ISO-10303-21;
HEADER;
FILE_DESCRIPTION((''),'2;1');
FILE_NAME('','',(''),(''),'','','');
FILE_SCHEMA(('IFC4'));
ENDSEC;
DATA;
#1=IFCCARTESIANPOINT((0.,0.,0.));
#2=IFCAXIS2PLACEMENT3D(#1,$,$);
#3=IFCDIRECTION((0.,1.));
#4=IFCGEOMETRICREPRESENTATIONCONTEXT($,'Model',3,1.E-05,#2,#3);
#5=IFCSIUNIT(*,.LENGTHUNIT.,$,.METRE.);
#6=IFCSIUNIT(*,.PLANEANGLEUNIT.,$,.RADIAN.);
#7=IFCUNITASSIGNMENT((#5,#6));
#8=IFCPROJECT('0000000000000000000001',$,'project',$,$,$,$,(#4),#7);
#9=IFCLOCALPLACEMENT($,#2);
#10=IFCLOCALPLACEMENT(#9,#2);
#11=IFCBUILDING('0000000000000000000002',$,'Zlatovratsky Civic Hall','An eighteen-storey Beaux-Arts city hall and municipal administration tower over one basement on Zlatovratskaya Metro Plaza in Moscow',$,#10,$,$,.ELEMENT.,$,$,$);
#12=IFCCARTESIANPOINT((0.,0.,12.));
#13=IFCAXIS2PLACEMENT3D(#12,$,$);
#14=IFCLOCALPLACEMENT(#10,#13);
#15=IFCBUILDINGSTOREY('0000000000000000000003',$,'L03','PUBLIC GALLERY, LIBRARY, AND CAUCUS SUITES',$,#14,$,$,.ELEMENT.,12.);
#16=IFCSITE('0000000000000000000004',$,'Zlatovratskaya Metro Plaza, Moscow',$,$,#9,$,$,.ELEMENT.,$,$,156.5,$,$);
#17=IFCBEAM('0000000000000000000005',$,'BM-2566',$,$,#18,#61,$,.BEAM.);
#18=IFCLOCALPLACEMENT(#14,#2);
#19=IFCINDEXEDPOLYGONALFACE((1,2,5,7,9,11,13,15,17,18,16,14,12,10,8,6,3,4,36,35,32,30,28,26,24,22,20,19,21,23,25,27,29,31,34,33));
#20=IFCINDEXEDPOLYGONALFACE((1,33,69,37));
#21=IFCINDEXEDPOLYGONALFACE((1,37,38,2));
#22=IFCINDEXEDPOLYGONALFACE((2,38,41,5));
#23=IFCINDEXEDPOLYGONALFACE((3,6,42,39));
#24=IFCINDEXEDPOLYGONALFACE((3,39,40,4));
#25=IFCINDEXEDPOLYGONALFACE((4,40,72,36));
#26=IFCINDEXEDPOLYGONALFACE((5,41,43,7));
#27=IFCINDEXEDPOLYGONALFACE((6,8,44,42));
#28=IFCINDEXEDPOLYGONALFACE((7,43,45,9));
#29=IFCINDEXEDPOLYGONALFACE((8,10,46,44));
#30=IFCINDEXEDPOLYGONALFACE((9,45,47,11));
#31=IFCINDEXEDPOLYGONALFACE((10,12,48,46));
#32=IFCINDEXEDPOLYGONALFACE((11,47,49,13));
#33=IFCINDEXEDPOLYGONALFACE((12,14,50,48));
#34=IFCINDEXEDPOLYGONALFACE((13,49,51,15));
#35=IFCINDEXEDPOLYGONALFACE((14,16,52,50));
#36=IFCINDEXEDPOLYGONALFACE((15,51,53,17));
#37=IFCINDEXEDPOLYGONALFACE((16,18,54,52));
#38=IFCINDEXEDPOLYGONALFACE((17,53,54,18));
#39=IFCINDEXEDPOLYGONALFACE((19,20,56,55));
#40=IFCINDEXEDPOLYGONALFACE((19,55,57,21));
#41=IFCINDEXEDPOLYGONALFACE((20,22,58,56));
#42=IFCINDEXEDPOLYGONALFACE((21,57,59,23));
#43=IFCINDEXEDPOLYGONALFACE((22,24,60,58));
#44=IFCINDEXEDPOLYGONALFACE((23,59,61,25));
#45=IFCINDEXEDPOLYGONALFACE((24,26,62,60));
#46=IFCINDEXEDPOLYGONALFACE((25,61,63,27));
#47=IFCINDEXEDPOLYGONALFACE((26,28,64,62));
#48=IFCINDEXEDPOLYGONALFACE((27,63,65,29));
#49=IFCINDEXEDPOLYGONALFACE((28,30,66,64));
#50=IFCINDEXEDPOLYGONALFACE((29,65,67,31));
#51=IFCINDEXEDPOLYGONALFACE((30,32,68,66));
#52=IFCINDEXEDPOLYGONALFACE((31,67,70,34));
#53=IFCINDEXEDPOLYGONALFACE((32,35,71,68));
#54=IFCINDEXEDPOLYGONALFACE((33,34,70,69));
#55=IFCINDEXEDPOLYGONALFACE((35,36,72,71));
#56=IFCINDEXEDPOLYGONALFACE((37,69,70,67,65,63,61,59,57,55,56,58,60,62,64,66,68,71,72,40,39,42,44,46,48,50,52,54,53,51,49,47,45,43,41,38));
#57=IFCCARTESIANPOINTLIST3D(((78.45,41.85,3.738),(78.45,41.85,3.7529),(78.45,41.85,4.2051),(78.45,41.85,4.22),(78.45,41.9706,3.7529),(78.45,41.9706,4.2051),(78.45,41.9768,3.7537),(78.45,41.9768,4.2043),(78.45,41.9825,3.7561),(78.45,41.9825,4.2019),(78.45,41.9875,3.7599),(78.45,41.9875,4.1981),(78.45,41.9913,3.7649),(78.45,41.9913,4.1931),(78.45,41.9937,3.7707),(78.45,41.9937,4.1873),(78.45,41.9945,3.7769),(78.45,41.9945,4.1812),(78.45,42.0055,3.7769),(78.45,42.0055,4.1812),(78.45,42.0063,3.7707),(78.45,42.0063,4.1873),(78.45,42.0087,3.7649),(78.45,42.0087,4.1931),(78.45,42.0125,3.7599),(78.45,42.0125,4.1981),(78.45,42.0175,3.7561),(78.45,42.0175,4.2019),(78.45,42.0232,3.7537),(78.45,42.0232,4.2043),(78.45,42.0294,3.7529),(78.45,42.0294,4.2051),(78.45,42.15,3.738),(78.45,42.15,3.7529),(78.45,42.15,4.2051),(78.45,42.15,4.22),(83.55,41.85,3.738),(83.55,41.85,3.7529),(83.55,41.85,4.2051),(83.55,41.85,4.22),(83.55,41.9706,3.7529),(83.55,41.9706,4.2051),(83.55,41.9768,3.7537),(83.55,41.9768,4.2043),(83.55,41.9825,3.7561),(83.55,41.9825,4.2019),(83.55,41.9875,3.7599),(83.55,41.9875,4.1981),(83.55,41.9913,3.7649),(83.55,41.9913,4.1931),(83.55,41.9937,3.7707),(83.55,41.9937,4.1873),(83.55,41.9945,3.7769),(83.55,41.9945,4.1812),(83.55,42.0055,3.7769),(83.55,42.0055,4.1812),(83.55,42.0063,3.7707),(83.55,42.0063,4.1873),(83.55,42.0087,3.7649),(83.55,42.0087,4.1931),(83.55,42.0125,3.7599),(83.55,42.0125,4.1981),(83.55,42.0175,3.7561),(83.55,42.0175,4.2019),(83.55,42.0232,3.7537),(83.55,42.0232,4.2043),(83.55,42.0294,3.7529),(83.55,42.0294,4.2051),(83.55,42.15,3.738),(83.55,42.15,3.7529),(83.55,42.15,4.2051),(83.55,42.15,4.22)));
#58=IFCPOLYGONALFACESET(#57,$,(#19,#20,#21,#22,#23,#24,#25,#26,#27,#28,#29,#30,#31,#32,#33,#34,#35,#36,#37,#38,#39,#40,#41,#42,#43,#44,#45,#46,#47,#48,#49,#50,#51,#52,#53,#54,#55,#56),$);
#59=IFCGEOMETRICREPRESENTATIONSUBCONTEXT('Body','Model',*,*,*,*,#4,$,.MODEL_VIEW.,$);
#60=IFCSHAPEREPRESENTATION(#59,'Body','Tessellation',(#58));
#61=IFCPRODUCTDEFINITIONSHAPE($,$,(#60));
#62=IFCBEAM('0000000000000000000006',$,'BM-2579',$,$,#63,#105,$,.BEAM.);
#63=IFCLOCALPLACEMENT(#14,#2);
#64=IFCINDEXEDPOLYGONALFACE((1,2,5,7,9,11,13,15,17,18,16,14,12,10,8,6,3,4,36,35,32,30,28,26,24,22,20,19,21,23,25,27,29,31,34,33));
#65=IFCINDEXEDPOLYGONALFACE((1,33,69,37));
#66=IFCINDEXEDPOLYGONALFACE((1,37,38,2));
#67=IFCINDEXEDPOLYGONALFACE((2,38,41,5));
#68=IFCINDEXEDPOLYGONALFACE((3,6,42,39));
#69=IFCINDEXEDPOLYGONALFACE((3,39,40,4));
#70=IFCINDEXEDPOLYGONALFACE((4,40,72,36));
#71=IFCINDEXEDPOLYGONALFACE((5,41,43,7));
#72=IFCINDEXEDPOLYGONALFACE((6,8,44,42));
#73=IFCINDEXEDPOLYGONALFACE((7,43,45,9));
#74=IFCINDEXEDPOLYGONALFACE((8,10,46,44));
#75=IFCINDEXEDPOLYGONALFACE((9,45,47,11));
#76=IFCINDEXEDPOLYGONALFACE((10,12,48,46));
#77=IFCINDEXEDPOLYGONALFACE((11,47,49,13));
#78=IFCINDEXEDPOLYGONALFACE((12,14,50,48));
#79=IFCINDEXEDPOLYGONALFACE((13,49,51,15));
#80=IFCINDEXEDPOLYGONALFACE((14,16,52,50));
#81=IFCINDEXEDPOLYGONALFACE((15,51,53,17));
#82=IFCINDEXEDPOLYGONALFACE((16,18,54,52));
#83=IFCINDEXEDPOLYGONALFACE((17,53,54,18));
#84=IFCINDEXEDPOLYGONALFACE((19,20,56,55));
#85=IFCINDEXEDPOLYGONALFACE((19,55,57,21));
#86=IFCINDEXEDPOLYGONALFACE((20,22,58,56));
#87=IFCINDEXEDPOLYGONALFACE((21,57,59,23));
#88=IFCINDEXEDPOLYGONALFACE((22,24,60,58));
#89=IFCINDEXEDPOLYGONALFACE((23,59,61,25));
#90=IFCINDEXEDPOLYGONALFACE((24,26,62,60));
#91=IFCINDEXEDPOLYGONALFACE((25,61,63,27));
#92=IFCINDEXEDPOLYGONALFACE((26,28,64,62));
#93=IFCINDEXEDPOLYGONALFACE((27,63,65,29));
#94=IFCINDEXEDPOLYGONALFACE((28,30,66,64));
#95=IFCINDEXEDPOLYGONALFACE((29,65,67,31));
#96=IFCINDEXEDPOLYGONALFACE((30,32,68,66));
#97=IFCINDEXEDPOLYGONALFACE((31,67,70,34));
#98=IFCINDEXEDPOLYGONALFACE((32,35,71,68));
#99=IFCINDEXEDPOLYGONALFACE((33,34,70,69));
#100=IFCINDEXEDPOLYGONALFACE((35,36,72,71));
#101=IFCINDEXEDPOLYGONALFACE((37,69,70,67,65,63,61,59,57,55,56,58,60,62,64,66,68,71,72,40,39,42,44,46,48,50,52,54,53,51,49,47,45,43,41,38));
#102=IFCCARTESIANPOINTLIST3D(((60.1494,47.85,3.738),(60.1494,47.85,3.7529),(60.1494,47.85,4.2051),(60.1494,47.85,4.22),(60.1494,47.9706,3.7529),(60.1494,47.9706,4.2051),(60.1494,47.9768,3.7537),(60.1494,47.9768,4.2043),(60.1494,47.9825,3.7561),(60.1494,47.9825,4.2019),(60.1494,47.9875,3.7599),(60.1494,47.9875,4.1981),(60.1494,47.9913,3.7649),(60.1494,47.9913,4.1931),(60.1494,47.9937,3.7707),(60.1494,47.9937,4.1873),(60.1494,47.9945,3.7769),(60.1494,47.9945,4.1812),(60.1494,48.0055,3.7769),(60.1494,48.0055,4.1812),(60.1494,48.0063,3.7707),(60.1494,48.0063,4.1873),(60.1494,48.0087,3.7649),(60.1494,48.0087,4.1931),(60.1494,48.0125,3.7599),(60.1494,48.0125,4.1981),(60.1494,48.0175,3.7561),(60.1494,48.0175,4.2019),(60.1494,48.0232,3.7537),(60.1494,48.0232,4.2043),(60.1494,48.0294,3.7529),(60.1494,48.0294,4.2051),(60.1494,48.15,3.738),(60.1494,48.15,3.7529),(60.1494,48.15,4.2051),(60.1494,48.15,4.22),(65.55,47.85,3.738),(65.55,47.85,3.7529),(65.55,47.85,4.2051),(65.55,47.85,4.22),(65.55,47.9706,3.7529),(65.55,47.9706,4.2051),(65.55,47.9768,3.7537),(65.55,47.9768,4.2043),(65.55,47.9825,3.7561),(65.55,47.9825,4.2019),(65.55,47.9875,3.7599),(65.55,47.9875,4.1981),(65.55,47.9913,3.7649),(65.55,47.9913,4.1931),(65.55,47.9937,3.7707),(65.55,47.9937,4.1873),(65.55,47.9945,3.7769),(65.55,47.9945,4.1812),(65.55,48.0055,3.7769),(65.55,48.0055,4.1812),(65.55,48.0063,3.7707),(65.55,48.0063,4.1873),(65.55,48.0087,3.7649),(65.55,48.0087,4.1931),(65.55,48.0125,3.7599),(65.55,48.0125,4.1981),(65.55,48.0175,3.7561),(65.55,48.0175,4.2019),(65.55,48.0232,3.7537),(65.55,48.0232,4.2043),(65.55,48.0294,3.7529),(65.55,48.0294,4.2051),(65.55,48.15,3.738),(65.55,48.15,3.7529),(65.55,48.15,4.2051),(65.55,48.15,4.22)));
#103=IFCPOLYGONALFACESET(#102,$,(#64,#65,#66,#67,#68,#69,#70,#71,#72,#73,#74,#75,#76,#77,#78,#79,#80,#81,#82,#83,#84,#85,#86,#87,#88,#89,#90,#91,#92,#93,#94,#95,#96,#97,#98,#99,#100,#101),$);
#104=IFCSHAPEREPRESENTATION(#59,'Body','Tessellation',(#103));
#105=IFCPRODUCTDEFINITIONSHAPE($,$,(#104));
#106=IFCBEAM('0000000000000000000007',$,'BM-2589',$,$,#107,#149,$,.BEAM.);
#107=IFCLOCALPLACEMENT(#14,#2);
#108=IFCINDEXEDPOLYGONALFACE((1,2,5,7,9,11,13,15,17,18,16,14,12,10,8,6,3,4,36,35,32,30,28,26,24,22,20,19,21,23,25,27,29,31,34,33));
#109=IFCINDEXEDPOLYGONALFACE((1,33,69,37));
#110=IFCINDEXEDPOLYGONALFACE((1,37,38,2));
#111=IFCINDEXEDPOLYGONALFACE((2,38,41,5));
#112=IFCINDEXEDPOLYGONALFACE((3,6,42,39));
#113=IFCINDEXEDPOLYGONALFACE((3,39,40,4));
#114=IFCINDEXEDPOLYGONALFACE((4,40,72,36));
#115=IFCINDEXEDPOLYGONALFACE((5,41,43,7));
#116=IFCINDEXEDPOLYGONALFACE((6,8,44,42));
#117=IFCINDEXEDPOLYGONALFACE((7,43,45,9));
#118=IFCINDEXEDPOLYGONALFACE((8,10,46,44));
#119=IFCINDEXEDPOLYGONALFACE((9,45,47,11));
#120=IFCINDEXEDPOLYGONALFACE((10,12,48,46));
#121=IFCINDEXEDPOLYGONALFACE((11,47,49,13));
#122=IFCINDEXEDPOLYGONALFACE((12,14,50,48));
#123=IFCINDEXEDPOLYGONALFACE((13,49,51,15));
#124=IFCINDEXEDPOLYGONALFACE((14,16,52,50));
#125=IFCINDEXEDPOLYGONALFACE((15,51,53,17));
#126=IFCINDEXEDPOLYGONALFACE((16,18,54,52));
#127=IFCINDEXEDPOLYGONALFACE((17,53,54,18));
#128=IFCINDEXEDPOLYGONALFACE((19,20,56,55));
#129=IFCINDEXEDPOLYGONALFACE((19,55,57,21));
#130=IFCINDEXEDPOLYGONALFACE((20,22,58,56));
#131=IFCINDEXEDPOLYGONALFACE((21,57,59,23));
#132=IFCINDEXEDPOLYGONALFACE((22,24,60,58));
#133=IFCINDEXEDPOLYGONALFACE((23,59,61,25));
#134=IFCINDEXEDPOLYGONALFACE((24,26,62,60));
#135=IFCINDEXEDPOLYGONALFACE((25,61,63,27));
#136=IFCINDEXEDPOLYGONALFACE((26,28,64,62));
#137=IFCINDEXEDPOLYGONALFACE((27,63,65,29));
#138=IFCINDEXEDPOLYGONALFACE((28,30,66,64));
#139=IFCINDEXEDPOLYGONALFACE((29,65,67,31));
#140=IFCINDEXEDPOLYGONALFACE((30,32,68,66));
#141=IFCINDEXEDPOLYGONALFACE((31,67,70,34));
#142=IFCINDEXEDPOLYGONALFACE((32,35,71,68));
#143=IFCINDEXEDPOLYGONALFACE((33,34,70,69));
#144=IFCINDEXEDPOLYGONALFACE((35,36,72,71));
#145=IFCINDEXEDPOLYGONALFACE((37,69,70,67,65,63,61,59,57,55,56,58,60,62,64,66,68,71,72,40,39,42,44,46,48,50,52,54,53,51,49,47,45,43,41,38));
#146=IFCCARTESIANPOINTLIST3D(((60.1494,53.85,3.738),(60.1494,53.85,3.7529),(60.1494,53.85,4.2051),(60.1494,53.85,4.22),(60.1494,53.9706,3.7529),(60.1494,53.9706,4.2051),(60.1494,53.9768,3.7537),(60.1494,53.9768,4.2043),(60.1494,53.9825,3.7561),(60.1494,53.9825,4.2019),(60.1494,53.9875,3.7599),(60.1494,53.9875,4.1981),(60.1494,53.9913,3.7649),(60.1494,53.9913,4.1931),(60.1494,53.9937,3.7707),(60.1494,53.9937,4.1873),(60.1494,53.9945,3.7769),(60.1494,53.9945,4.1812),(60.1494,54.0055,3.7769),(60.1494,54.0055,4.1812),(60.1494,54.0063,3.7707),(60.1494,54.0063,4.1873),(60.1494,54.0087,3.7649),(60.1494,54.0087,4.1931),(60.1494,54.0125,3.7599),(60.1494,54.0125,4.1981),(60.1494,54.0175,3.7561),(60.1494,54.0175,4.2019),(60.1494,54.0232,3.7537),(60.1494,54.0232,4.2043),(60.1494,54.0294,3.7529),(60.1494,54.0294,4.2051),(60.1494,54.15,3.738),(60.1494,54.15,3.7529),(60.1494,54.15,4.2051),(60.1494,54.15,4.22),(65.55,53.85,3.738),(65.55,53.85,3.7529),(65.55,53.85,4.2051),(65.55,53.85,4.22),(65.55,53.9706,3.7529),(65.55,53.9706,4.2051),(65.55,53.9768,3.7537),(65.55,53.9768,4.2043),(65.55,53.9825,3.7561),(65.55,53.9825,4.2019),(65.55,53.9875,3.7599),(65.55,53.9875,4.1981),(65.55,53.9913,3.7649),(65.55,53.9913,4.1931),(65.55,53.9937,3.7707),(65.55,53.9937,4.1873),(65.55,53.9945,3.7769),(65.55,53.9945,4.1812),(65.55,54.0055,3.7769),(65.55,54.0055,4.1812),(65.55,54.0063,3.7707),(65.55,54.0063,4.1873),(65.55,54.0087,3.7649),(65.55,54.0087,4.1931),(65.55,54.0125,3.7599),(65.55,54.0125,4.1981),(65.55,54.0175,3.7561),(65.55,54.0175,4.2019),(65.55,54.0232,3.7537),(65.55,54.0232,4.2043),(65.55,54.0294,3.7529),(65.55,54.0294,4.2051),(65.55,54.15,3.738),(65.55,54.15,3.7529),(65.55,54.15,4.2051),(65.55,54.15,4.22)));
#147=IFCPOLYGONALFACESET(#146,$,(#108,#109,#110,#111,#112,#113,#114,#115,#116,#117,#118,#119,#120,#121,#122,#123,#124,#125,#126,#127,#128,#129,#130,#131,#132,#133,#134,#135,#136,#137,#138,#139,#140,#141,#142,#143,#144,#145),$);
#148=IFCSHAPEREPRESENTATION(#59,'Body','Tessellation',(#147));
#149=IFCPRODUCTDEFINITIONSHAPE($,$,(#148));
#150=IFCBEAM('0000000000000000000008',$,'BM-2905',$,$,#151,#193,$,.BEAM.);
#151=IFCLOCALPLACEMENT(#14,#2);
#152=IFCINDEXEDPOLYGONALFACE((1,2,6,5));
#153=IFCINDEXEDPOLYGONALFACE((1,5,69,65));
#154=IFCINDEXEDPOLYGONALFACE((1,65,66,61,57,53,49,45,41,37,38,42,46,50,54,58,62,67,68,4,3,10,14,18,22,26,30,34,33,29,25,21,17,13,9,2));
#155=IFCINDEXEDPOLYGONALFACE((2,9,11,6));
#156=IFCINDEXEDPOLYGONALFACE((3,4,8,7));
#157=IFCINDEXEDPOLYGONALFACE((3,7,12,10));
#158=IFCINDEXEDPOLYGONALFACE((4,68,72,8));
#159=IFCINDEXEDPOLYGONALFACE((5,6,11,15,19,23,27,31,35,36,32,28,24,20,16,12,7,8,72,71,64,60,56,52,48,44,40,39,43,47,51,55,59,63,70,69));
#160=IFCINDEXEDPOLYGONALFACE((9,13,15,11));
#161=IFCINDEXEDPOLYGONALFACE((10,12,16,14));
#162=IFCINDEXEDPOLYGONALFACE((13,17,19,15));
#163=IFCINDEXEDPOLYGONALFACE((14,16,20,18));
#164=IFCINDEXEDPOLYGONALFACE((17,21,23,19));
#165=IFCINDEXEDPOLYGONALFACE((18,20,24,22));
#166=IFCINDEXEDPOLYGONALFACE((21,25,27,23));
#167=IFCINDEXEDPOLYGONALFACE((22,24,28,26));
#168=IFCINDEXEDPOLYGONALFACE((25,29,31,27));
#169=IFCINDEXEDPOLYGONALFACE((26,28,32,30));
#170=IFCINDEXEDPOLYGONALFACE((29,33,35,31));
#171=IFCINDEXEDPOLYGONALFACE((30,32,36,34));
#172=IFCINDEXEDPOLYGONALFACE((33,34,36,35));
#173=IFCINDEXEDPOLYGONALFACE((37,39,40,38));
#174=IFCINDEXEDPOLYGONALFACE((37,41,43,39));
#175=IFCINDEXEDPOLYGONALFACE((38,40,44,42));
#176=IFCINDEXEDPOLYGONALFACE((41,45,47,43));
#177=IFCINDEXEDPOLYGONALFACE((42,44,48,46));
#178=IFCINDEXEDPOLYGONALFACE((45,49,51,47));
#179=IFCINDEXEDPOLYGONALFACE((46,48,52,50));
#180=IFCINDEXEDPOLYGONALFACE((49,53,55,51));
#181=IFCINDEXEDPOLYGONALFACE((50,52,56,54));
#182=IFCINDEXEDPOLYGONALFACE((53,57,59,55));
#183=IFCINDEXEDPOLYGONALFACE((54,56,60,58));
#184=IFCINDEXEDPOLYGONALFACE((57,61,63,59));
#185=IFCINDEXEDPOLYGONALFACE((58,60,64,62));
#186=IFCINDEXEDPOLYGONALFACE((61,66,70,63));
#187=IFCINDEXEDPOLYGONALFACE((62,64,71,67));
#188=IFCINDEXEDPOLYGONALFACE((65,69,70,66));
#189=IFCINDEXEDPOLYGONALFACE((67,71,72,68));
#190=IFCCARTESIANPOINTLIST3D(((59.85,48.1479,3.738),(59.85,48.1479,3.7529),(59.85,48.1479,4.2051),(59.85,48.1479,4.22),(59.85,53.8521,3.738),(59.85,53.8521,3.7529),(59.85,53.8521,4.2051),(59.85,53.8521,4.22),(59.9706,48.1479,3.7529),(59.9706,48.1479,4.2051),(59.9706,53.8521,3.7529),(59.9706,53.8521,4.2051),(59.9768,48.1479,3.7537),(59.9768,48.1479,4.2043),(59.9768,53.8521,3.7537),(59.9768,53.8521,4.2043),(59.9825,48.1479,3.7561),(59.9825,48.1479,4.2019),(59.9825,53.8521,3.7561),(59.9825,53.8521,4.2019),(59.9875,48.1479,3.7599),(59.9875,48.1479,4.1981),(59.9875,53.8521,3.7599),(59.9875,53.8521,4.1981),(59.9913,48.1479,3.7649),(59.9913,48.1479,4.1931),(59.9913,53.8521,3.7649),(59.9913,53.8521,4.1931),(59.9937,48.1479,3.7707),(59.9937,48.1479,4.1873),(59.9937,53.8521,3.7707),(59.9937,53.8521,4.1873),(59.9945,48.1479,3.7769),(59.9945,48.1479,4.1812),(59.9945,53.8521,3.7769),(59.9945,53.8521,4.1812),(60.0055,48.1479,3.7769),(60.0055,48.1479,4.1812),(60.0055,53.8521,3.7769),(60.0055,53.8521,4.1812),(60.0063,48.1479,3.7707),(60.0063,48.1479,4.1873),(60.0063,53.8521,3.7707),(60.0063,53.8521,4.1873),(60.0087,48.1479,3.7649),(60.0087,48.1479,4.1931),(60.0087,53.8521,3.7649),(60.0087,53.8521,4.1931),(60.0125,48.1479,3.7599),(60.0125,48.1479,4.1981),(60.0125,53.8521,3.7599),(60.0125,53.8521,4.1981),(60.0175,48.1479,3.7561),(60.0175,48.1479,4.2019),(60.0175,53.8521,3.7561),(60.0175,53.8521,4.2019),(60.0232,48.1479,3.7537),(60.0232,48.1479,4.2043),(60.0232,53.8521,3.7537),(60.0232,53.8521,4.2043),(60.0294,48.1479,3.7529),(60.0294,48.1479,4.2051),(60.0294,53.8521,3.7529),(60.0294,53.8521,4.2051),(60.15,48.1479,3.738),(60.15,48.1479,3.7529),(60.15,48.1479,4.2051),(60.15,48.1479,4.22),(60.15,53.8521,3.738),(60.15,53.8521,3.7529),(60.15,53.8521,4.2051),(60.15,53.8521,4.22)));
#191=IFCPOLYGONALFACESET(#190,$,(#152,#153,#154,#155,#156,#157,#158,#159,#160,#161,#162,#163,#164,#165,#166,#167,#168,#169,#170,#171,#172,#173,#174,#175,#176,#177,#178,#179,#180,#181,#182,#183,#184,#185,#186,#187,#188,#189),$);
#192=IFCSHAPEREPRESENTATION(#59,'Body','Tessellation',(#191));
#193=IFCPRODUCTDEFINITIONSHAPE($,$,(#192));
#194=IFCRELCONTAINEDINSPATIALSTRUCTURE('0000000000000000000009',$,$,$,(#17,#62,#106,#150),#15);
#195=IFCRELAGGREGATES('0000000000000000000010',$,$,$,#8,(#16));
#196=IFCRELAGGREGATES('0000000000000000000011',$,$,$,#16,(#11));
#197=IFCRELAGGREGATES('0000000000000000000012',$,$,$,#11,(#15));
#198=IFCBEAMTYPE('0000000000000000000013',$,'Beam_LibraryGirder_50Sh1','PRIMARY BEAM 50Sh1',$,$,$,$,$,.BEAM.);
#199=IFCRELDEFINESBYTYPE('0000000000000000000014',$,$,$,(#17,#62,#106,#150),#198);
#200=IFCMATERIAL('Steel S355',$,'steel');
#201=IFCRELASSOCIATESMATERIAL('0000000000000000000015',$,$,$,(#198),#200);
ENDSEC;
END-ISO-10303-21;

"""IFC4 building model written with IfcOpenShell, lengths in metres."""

from ifc_helpers import new_model, si_unit, direction, frame, origin, origin_2d, place, context, subcontext, project, spatial, i_section, extrude, material, material_profile, profile_set, type_object, element, save


model = new_model("IFC4")

# Units and contexts
model_context = context("Model", 3, precision=1e-05, world=origin(), true_north=direction((0.0, 1.0)))
body_context = subcontext(model_context, "Body", "Model", "MODEL_VIEW")
ifc_project = project(units=[si_unit("LENGTHUNIT", "METRE"), si_unit("PLANEANGLEUNIT", "RADIAN")], contexts=[model_context])

# Site, building, storey
site_placement = place(None, origin())
site = spatial("IfcSite", under=ifc_project, at=site_placement, Name="Zlatovratskaya Metro Plaza, Moscow", CompositionType="ELEMENT", RefElevation=156.5)
building_placement = place(site_placement, origin())
building = spatial("IfcBuilding", under=site, at=building_placement, Name="Zlatovratsky Civic Hall", Description="An eighteen-storey Beaux-Arts city hall and municipal administration tower over one basement on Zlatovratskaya Metro Plaza in Moscow", CompositionType="ELEMENT")
storey_placement = place(building_placement, frame((0.0, 0.0, 12.0)))
storey = spatial("IfcBuildingStorey", under=building, at=storey_placement, Name="L03", Description="PUBLIC GALLERY, LIBRARY, AND CAUCUS SUITES", CompositionType="ELEMENT", Elevation=12.0)

# Shared definitions
ifc_material_1 = material(Name="Steel S355", Category="steel")

# Beams
ifc_material_profile_1 = material_profile(ifc_material_1, i_section(OverallWidth=0.3, OverallDepth=0.4819, WebThickness=0.011, FlangeThickness=0.0149, FilletRadius=0.0239, at=origin_2d()), Name="50Sh1")
ifc_profile_set_1 = profile_set([ifc_material_profile_1], Name="Steel S355")
beam_type = type_object("IfcBeamType", Name="Beam_LibraryGirder_50Sh1", Description="PRIMARY BEAM 50Sh1", PredefinedType="BEAM", material=ifc_profile_set_1)
for number, where, z_axis, x_axis, name in (
    (1, (78.45, 42.0, 3.979), (1.0, 0.0, 0.0), (0.0, 1.0, 0.0), "BM-2566"),
):
    element("IfcBeam", number, at=place(storey_placement, frame(where, z_axis=z_axis, x_axis=x_axis)), inside=storey, type_object=beam_type, Name=name, PredefinedType="BEAM", context=body_context, shape_type="SweptSolid", body=[
        extrude(i_section(OverallWidth=0.3, OverallDepth=0.4819, WebThickness=0.011, FlangeThickness=0.0149, FilletRadius=0.0239, at=origin_2d()), origin(), (0.0, 0.0, 1.0), 5.1001),
    ])
for number, where, z_axis, x_axis, name in (
    (2, (60.1494, 48.0, 3.979), (1.0, 0.0, 0.0), (0.0, 1.0, 0.0), "BM-2579"),
    (3, (60.1494, 54.0, 3.979), (1.0, 0.0, 0.0), (0.0, 1.0, 0.0), "BM-2589"),
):
    element("IfcBeam", number, at=place(storey_placement, frame(where, z_axis=z_axis, x_axis=x_axis)), inside=storey, type_object=beam_type, Name=name, PredefinedType="BEAM", context=body_context, shape_type="SweptSolid", body=[
        extrude(i_section(OverallWidth=0.3, OverallDepth=0.4819, WebThickness=0.011, FlangeThickness=0.0149, FilletRadius=0.0239, at=origin_2d()), origin(), (0.0, 0.0, 1.0), 5.4006),
    ])
for number, where, z_axis, x_axis, name in (
    (4, (60.0, 48.1479, 3.979), (0.0, 1.0, 0.0), (-1.0, 0.0, 0.0), "BM-2905"),
):
    element("IfcBeam", number, at=place(storey_placement, frame(where, z_axis=z_axis, x_axis=x_axis)), inside=storey, type_object=beam_type, Name=name, PredefinedType="BEAM", context=body_context, shape_type="SweptSolid", body=[
        extrude(i_section(OverallWidth=0.3, OverallDepth=0.4819, WebThickness=0.011, FlangeThickness=0.0149, FilletRadius=0.0239, at=origin_2d()), origin(), (0.0, 0.0, 1.0), 5.7041),
    ])

save(model, "model.ifc")
